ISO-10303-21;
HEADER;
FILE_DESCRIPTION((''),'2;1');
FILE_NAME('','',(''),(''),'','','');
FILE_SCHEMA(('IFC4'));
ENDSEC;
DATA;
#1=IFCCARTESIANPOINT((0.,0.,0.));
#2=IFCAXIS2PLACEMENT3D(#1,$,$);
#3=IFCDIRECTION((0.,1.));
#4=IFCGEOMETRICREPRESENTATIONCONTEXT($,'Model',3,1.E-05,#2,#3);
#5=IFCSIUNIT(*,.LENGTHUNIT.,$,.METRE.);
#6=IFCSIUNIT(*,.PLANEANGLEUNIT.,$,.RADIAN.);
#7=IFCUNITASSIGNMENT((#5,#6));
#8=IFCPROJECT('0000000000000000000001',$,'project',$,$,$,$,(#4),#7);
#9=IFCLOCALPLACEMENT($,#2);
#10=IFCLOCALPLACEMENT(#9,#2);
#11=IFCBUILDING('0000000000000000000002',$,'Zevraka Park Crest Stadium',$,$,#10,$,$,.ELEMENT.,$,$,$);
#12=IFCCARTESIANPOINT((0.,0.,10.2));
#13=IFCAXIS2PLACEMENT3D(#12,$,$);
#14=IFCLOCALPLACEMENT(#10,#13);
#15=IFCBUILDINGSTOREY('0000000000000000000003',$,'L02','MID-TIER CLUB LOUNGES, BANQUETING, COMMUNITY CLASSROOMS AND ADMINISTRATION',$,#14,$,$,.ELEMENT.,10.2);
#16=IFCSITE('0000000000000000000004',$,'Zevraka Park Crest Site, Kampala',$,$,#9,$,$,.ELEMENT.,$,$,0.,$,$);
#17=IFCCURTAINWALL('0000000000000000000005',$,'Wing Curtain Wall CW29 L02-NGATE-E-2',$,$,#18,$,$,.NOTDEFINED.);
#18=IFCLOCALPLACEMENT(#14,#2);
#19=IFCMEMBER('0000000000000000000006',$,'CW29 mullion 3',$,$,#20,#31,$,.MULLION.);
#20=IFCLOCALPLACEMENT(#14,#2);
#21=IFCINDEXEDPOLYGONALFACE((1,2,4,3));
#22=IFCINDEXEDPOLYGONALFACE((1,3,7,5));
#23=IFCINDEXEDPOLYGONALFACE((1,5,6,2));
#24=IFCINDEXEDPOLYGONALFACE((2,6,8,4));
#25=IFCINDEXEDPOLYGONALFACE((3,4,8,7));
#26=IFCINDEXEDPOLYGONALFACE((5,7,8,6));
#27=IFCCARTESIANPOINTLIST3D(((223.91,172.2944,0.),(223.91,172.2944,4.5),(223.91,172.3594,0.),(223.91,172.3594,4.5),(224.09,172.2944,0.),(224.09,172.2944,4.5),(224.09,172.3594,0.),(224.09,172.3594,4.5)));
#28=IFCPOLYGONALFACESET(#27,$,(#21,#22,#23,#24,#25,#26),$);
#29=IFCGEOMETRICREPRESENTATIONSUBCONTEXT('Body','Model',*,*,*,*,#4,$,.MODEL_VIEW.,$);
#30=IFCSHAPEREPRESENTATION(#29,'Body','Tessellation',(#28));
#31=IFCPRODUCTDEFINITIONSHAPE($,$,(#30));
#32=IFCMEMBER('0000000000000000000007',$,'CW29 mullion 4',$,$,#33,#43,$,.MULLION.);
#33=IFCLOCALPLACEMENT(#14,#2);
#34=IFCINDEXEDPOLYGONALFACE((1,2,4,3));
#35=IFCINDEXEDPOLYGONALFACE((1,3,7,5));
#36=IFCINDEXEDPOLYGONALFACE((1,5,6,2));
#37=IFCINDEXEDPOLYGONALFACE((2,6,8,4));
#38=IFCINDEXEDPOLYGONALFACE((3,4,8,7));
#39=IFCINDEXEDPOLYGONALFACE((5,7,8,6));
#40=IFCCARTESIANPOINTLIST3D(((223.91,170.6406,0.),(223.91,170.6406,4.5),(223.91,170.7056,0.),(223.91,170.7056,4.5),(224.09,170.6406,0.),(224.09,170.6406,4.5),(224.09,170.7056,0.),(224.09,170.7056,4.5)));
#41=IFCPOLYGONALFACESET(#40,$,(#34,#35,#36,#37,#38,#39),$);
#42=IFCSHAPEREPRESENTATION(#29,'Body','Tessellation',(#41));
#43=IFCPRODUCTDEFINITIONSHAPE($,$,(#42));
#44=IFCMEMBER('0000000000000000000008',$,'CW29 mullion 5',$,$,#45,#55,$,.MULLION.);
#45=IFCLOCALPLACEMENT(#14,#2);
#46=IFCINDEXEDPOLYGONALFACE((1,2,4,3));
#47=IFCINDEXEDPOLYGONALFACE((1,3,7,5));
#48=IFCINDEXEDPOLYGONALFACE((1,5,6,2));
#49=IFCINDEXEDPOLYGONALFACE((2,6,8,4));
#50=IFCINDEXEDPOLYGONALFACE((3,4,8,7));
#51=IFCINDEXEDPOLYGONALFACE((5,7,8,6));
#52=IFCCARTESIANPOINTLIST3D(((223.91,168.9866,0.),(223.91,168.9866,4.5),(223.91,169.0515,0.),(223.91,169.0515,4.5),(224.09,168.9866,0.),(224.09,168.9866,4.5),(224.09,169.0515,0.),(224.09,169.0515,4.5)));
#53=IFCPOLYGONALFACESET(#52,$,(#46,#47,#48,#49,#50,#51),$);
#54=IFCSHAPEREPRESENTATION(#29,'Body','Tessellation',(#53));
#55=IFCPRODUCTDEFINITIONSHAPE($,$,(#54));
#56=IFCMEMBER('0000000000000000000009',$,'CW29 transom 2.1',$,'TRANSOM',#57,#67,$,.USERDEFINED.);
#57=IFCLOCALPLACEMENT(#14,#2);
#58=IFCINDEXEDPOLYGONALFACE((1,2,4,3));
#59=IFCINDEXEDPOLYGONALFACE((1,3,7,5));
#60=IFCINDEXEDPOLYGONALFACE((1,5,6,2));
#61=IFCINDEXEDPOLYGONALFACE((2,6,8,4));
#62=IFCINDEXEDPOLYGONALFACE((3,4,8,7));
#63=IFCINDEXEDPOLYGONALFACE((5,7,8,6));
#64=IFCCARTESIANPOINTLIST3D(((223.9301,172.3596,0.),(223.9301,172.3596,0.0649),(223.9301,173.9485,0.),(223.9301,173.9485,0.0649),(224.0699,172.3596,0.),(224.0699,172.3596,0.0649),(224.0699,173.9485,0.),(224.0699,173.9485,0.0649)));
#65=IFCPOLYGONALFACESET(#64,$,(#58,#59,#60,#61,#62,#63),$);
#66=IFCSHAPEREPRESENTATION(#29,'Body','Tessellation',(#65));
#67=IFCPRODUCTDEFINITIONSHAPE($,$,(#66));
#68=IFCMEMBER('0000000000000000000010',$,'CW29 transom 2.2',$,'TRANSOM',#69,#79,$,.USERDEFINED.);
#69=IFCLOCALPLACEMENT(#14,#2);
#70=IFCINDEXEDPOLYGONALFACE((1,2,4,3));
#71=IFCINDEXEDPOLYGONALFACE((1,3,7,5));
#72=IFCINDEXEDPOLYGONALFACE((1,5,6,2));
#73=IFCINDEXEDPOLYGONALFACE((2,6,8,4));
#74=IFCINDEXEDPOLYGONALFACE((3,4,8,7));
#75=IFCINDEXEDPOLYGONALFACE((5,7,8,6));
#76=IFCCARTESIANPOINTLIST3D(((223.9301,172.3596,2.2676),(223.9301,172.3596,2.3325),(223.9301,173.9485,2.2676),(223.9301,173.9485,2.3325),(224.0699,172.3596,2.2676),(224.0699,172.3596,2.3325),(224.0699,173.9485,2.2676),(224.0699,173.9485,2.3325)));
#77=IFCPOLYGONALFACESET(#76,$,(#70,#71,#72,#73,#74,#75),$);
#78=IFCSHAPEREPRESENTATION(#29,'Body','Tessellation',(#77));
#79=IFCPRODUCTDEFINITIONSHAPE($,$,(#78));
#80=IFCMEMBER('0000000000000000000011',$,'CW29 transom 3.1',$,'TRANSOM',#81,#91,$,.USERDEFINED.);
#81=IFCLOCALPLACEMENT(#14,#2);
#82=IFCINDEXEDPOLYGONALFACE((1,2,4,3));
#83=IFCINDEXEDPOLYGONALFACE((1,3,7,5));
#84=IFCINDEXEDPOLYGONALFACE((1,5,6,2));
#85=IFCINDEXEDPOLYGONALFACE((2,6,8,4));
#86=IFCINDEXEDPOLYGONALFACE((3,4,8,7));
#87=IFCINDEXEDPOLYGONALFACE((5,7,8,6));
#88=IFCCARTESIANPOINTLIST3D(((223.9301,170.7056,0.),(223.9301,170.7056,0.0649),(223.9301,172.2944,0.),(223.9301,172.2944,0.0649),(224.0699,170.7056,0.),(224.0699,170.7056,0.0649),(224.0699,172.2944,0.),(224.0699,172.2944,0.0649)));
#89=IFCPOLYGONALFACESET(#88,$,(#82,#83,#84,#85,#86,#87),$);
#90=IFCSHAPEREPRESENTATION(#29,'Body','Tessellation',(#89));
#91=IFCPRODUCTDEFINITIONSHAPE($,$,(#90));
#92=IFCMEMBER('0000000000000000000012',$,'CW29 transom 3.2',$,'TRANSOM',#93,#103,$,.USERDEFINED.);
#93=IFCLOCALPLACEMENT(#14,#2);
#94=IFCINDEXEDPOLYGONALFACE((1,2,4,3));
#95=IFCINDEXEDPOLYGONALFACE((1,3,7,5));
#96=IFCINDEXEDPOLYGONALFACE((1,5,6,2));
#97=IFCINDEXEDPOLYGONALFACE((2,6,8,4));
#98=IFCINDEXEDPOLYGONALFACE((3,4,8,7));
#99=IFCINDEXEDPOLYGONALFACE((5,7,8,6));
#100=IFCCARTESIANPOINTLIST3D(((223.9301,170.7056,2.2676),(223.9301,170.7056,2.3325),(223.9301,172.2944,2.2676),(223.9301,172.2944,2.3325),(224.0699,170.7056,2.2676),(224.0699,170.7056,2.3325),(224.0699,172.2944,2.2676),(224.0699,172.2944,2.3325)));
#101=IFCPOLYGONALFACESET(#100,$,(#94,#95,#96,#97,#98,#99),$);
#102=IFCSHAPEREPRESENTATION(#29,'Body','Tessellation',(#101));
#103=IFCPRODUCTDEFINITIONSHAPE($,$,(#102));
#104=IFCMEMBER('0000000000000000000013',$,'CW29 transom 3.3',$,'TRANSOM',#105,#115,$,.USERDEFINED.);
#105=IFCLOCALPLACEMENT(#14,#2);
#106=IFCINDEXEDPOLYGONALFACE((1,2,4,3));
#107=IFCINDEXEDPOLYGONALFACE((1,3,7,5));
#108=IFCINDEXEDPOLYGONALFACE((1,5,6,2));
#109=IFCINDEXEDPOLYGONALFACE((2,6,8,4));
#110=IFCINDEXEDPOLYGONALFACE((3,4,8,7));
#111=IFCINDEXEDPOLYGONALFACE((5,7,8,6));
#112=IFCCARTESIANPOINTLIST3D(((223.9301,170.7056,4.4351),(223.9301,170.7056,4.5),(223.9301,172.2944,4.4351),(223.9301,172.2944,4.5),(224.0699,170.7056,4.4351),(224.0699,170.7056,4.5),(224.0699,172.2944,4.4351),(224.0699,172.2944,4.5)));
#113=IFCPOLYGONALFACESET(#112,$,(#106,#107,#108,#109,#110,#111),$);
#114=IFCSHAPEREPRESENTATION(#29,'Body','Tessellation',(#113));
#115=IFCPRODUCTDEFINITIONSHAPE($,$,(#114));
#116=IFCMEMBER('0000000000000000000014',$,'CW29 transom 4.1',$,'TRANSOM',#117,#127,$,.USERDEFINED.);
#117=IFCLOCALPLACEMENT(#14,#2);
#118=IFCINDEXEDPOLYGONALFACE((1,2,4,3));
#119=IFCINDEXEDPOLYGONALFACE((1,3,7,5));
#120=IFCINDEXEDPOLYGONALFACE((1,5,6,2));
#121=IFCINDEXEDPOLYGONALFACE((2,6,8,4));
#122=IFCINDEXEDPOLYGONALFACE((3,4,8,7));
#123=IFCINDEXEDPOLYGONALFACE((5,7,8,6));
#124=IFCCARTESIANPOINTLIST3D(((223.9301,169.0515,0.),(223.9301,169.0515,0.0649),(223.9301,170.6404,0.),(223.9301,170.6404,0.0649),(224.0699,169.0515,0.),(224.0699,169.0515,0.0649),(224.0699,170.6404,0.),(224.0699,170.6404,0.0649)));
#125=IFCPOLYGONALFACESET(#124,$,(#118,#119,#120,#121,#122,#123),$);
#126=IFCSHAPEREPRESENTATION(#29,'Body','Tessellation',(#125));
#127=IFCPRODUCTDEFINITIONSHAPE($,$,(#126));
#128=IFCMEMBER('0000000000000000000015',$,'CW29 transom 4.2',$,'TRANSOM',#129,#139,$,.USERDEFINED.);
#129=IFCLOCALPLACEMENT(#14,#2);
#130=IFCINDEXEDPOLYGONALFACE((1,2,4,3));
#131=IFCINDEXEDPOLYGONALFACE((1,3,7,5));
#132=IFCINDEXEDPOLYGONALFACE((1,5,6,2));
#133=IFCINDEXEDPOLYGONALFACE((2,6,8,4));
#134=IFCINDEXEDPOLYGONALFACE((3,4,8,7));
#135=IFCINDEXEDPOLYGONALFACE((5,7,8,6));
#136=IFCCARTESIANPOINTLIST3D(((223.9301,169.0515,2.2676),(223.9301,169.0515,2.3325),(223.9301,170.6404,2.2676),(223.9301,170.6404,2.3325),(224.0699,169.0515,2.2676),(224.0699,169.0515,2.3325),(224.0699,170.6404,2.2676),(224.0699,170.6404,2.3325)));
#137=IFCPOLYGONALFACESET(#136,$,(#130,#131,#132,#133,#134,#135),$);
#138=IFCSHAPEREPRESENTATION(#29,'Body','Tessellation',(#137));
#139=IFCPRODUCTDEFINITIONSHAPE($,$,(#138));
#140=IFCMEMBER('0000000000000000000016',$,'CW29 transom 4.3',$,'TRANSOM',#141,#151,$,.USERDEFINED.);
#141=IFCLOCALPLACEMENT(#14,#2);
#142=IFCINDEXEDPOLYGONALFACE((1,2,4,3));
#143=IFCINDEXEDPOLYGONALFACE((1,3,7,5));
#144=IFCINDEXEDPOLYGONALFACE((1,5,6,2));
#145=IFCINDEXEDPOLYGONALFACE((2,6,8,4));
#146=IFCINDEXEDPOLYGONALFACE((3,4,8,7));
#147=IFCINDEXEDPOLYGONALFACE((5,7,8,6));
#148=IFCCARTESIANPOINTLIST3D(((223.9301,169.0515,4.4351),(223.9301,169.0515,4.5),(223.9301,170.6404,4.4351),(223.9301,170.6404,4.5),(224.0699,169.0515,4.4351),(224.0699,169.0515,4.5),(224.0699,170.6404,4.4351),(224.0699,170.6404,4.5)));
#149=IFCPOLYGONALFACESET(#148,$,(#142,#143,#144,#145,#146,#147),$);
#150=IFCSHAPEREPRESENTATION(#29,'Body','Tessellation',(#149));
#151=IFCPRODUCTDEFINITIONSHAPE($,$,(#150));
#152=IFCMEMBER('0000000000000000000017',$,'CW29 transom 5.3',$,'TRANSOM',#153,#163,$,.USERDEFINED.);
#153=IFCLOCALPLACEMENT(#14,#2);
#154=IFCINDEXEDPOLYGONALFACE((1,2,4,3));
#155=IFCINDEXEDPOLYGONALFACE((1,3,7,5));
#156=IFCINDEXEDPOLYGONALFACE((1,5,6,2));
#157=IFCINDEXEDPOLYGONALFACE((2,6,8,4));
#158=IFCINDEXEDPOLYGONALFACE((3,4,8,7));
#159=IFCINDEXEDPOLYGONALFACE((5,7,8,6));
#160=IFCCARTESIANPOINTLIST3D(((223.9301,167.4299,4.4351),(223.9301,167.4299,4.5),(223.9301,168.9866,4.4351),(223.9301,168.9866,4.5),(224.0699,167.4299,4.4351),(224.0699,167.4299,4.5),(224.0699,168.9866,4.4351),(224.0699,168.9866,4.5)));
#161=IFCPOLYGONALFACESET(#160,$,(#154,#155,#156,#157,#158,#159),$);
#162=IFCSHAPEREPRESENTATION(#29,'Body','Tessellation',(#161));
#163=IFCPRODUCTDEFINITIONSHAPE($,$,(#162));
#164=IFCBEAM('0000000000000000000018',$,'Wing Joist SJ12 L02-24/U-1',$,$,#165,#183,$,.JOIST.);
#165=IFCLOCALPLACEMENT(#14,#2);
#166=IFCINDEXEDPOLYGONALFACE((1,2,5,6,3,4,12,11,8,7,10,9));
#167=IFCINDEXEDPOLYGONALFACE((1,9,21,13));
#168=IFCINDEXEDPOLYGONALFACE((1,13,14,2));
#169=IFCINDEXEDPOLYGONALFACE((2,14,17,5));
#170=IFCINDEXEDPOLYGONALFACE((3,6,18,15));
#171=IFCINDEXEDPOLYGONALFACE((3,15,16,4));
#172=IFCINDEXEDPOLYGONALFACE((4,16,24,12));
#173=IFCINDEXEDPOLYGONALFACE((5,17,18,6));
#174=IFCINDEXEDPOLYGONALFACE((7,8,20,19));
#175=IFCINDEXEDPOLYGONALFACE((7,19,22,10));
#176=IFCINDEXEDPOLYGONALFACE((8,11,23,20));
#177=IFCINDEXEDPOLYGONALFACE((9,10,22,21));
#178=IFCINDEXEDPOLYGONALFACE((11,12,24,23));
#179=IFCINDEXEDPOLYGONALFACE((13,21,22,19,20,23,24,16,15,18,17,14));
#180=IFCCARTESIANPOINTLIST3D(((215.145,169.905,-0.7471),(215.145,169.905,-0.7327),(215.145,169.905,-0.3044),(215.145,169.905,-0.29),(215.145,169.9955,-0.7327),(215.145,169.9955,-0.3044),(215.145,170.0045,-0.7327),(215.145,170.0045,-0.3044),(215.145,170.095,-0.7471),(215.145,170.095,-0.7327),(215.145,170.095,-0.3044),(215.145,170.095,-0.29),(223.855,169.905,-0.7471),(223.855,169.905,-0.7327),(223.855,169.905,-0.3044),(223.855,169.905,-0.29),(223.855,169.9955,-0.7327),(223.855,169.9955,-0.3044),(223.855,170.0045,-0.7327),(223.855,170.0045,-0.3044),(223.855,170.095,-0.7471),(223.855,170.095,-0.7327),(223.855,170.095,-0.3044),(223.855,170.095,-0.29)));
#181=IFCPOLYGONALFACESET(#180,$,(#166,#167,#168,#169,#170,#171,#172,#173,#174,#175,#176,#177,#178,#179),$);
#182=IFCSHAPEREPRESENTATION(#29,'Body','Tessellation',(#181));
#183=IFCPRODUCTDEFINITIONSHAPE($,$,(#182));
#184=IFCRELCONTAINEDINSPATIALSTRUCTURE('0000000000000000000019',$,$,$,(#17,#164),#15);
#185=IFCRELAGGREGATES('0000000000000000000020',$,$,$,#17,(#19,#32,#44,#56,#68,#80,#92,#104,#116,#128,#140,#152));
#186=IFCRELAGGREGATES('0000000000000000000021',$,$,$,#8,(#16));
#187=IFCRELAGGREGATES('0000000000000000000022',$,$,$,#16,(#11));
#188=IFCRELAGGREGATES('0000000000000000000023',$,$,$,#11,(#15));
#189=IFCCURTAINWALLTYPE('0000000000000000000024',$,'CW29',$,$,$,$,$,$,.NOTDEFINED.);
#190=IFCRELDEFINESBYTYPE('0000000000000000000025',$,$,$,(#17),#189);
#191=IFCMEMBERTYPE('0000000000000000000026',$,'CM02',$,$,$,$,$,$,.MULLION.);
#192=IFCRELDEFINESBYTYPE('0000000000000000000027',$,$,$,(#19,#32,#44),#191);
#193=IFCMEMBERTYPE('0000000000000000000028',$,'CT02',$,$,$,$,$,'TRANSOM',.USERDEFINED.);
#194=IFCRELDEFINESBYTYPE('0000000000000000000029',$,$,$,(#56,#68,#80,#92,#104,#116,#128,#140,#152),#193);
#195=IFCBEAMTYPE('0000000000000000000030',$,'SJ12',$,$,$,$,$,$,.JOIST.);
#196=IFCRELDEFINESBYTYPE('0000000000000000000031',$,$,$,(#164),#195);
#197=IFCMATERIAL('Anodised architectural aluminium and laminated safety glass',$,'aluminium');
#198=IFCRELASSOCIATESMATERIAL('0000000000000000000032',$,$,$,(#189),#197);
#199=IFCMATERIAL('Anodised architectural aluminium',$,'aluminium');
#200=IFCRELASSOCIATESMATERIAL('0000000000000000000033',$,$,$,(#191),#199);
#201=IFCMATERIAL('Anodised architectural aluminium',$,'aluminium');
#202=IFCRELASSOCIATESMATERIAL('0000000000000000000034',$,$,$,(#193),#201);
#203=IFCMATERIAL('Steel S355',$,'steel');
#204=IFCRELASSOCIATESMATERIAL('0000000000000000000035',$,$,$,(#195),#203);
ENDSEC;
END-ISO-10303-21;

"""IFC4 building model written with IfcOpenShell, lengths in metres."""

from ifc_helpers import new_model, si_unit, direction, frame, origin, origin_2d, place, context, subcontext, project, spatial, rectangle, i_section, extrude, material, material_profile, profile_set, type_object, element, aggregate, save


model = new_model("IFC4")

# Units and contexts
model_context = context("Model", 3, precision=1e-05, world=origin(), true_north=direction((0.0, 1.0)))
body_context = subcontext(model_context, "Body", "Model", "MODEL_VIEW")
ifc_project = project(units=[si_unit("LENGTHUNIT", "METRE"), si_unit("PLANEANGLEUNIT", "RADIAN")], contexts=[model_context])

# Site, building, storey
site_placement = place(None, origin())
site = spatial("IfcSite", under=ifc_project, at=site_placement, Name="Zevraka Park Crest Site, Kampala", CompositionType="ELEMENT", RefElevation=0.0)
building_placement = place(site_placement, origin())
building = spatial("IfcBuilding", under=site, at=building_placement, Name="Zevraka Park Crest Stadium", CompositionType="ELEMENT")
storey_placement = place(building_placement, frame((0.0, 0.0, 10.2)))
storey = spatial("IfcBuildingStorey", under=building, at=storey_placement, Name="L02", Description="MID-TIER CLUB LOUNGES, BANQUETING, COMMUNITY CLASSROOMS AND ADMINISTRATION", CompositionType="ELEMENT", Elevation=10.2)

# Curtain wall, members
ifc_material_1 = material(Name="Anodised architectural aluminium and laminated safety glass", Category="aluminium")
curtain_wall_type = type_object("IfcCurtainWallType", Name="CW29", PredefinedType="NOTDEFINED", material=ifc_material_1)
curtain_wall_placement = place(storey_placement, origin())
curtain_wall = element("IfcCurtainWall", 1, at=curtain_wall_placement, inside=storey, type_object=curtain_wall_type, Name="Wing Curtain Wall CW29 L02-NGATE-E-2", PredefinedType="NOTDEFINED")
ifc_material_2 = material(Name="Anodised architectural aluminium", Category="aluminium")
ifc_material_profile_1 = material_profile(ifc_material_2, rectangle(XDim=0.1799, YDim=0.0649, at=origin_2d()), Name="ALU MULLION 180x65")
ifc_profile_set_1 = profile_set([ifc_material_profile_1], Name="Anodised architectural aluminium")
member_type_1 = type_object("IfcMemberType", Name="CM02", PredefinedType="MULLION", material=ifc_profile_set_1)
member_1_placement = place(storey_placement, frame((224.0, 172.3269, 0.0), z_axis=(0.0, 0.0, 1.0), x_axis=(1.0, 0.0, 0.0)))
member_1 = element("IfcMember", 2, at=member_1_placement, type_object=member_type_1, Name="CW29 mullion 3", PredefinedType="MULLION", context=body_context, shape_type="SweptSolid", body=[
    extrude(rectangle(XDim=0.1799, YDim=0.0649, at=origin_2d()), origin(), (0.0, 0.0, 1.0), 4.5),
])
member_2_placement = place(storey_placement, frame((224.0, 170.6731, 0.0), z_axis=(0.0, 0.0, 1.0), x_axis=(1.0, 0.0, 0.0)))
member_2 = element("IfcMember", 3, at=member_2_placement, type_object=member_type_1, Name="CW29 mullion 4", PredefinedType="MULLION", context=body_context, shape_type="SweptSolid", body=[
    extrude(rectangle(XDim=0.1799, YDim=0.0649, at=origin_2d()), origin(), (0.0, 0.0, 1.0), 4.5),
])
member_3_placement = place(storey_placement, frame((224.0, 169.019, 0.0), z_axis=(0.0, 0.0, 1.0), x_axis=(1.0, 0.0, 0.0)))
member_3 = element("IfcMember", 4, at=member_3_placement, type_object=member_type_1, Name="CW29 mullion 5", PredefinedType="MULLION", context=body_context, shape_type="SweptSolid", body=[
    extrude(rectangle(XDim=0.1799, YDim=0.0649, at=origin_2d()), origin(), (0.0, 0.0, 1.0), 4.5),
])
ifc_material_3 = material(Name="Anodised architectural aluminium", Category="aluminium")
ifc_material_profile_2 = material_profile(ifc_material_3, rectangle(XDim=0.1399, YDim=0.0649, at=origin_2d()), Name="ALU TRANSOM 140x65")
ifc_profile_set_2 = profile_set([ifc_material_profile_2], Name="Anodised architectural aluminium")
member_type_2 = type_object("IfcMemberType", Name="CT02", ElementType="TRANSOM", PredefinedType="USERDEFINED", material=ifc_profile_set_2)
member_4_placement = place(storey_placement, frame((224.0, 173.9485, 0.0325), z_axis=(0.0, -1.0, 0.0), x_axis=(1.0, 0.0, 0.0)))
member_4 = element("IfcMember", 5, at=member_4_placement, type_object=member_type_2, Name="CW29 transom 2.1", ObjectType="TRANSOM", PredefinedType="USERDEFINED", context=body_context, shape_type="SweptSolid", body=[
    extrude(rectangle(XDim=0.1399, YDim=0.0649, at=origin_2d()), origin(), (0.0, 0.0, 1.0), 1.5889),
])
member_5_placement = place(storey_placement, frame((224.0, 173.9485, 2.3), z_axis=(0.0, -1.0, 0.0), x_axis=(1.0, 0.0, 0.0)))
member_5 = element("IfcMember", 6, at=member_5_placement, type_object=member_type_2, Name="CW29 transom 2.2", ObjectType="TRANSOM", PredefinedType="USERDEFINED", context=body_context, shape_type="SweptSolid", body=[
    extrude(rectangle(XDim=0.1399, YDim=0.0649, at=origin_2d()), origin(), (0.0, 0.0, 1.0), 1.5889),
])
member_6_placement = place(storey_placement, frame((224.0, 172.2944, 0.0325), z_axis=(0.0, -1.0, 0.0), x_axis=(1.0, 0.0, 0.0)))
member_6 = element("IfcMember", 7, at=member_6_placement, type_object=member_type_2, Name="CW29 transom 3.1", ObjectType="TRANSOM", PredefinedType="USERDEFINED", context=body_context, shape_type="SweptSolid", body=[
    extrude(rectangle(XDim=0.1399, YDim=0.0649, at=origin_2d()), origin(), (0.0, 0.0, 1.0), 1.5889),
])
member_7_placement = place(storey_placement, frame((224.0, 172.2944, 2.3), z_axis=(0.0, -1.0, 0.0), x_axis=(1.0, 0.0, 0.0)))
member_7 = element("IfcMember", 8, at=member_7_placement, type_object=member_type_2, Name="CW29 transom 3.2", ObjectType="TRANSOM", PredefinedType="USERDEFINED", context=body_context, shape_type="SweptSolid", body=[
    extrude(rectangle(XDim=0.1399, YDim=0.0649, at=origin_2d()), origin(), (0.0, 0.0, 1.0), 1.5889),
])
member_8_placement = place(storey_placement, frame((224.0, 172.2944, 4.4675), z_axis=(0.0, -1.0, 0.0), x_axis=(1.0, 0.0, 0.0)))
member_8 = element("IfcMember", 9, at=member_8_placement, type_object=member_type_2, Name="CW29 transom 3.3", ObjectType="TRANSOM", PredefinedType="USERDEFINED", context=body_context, shape_type="SweptSolid", body=[
    extrude(rectangle(XDim=0.1399, YDim=0.0649, at=origin_2d()), origin(), (0.0, 0.0, 1.0), 1.5889),
])
member_9_placement = place(storey_placement, frame((224.0, 170.6404, 0.0325), z_axis=(0.0, -1.0, 0.0), x_axis=(1.0, 0.0, 0.0)))
member_9 = element("IfcMember", 10, at=member_9_placement, type_object=member_type_2, Name="CW29 transom 4.1", ObjectType="TRANSOM", PredefinedType="USERDEFINED", context=body_context, shape_type="SweptSolid", body=[
    extrude(rectangle(XDim=0.1399, YDim=0.0649, at=origin_2d()), origin(), (0.0, 0.0, 1.0), 1.5889),
])
member_10_placement = place(storey_placement, frame((224.0, 170.6404, 2.3), z_axis=(0.0, -1.0, 0.0), x_axis=(1.0, 0.0, 0.0)))
member_10 = element("IfcMember", 11, at=member_10_placement, type_object=member_type_2, Name="CW29 transom 4.2", ObjectType="TRANSOM", PredefinedType="USERDEFINED", context=body_context, shape_type="SweptSolid", body=[
    extrude(rectangle(XDim=0.1399, YDim=0.0649, at=origin_2d()), origin(), (0.0, 0.0, 1.0), 1.5889),
])
member_11_placement = place(storey_placement, frame((224.0, 170.6404, 4.4675), z_axis=(0.0, -1.0, 0.0), x_axis=(1.0, 0.0, 0.0)))
member_11 = element("IfcMember", 12, at=member_11_placement, type_object=member_type_2, Name="CW29 transom 4.3", ObjectType="TRANSOM", PredefinedType="USERDEFINED", context=body_context, shape_type="SweptSolid", body=[
    extrude(rectangle(XDim=0.1399, YDim=0.0649, at=origin_2d()), origin(), (0.0, 0.0, 1.0), 1.5889),
])
member_12_placement = place(storey_placement, frame((224.0, 168.9866, 4.4675), z_axis=(0.0, -1.0, 0.0), x_axis=(1.0, 0.0, 0.0)))
member_12 = element("IfcMember", 13, at=member_12_placement, type_object=member_type_2, Name="CW29 transom 5.3", ObjectType="TRANSOM", PredefinedType="USERDEFINED", context=body_context, shape_type="SweptSolid", body=[
    extrude(rectangle(XDim=0.1399, YDim=0.0649, at=origin_2d()), origin(), (0.0, 0.0, 1.0), 1.5566),
])

# Beam
ifc_material_4 = material(Name="Steel S355", Category="steel")
ifc_material_profile_3 = material_profile(ifc_material_4, i_section(OverallWidth=0.1899, OverallDepth=0.457, WebThickness=0.009, FlangeThickness=0.0144, at=origin_2d()), Name="UKB 457x191x74")
ifc_profile_set_3 = profile_set([ifc_material_profile_3], Name="Steel S355")
beam_type = type_object("IfcBeamType", Name="SJ12", PredefinedType="JOIST", material=ifc_profile_set_3)
for number, where, z_axis, x_axis, name in (
    (14, (215.145, 170.0, -0.5186), (1.0, 0.0, 0.0), (0.0, 1.0, 0.0), "Wing Joist SJ12 L02-24/U-1"),
):
    element("IfcBeam", number, at=place(storey_placement, frame(where, z_axis=z_axis, x_axis=x_axis)), inside=storey, type_object=beam_type, Name=name, PredefinedType="JOIST", context=body_context, shape_type="SweptSolid", body=[
        extrude(i_section(OverallWidth=0.1899, OverallDepth=0.457, WebThickness=0.009, FlangeThickness=0.0144, at=origin_2d()), origin(), (0.0, 0.0, 1.0), 8.71),
    ])

aggregate(curtain_wall, [member_1, member_2, member_3, member_4, member_5, member_6, member_7, member_8, member_9, member_10, member_11, member_12])

save(model, "model.ifc")
